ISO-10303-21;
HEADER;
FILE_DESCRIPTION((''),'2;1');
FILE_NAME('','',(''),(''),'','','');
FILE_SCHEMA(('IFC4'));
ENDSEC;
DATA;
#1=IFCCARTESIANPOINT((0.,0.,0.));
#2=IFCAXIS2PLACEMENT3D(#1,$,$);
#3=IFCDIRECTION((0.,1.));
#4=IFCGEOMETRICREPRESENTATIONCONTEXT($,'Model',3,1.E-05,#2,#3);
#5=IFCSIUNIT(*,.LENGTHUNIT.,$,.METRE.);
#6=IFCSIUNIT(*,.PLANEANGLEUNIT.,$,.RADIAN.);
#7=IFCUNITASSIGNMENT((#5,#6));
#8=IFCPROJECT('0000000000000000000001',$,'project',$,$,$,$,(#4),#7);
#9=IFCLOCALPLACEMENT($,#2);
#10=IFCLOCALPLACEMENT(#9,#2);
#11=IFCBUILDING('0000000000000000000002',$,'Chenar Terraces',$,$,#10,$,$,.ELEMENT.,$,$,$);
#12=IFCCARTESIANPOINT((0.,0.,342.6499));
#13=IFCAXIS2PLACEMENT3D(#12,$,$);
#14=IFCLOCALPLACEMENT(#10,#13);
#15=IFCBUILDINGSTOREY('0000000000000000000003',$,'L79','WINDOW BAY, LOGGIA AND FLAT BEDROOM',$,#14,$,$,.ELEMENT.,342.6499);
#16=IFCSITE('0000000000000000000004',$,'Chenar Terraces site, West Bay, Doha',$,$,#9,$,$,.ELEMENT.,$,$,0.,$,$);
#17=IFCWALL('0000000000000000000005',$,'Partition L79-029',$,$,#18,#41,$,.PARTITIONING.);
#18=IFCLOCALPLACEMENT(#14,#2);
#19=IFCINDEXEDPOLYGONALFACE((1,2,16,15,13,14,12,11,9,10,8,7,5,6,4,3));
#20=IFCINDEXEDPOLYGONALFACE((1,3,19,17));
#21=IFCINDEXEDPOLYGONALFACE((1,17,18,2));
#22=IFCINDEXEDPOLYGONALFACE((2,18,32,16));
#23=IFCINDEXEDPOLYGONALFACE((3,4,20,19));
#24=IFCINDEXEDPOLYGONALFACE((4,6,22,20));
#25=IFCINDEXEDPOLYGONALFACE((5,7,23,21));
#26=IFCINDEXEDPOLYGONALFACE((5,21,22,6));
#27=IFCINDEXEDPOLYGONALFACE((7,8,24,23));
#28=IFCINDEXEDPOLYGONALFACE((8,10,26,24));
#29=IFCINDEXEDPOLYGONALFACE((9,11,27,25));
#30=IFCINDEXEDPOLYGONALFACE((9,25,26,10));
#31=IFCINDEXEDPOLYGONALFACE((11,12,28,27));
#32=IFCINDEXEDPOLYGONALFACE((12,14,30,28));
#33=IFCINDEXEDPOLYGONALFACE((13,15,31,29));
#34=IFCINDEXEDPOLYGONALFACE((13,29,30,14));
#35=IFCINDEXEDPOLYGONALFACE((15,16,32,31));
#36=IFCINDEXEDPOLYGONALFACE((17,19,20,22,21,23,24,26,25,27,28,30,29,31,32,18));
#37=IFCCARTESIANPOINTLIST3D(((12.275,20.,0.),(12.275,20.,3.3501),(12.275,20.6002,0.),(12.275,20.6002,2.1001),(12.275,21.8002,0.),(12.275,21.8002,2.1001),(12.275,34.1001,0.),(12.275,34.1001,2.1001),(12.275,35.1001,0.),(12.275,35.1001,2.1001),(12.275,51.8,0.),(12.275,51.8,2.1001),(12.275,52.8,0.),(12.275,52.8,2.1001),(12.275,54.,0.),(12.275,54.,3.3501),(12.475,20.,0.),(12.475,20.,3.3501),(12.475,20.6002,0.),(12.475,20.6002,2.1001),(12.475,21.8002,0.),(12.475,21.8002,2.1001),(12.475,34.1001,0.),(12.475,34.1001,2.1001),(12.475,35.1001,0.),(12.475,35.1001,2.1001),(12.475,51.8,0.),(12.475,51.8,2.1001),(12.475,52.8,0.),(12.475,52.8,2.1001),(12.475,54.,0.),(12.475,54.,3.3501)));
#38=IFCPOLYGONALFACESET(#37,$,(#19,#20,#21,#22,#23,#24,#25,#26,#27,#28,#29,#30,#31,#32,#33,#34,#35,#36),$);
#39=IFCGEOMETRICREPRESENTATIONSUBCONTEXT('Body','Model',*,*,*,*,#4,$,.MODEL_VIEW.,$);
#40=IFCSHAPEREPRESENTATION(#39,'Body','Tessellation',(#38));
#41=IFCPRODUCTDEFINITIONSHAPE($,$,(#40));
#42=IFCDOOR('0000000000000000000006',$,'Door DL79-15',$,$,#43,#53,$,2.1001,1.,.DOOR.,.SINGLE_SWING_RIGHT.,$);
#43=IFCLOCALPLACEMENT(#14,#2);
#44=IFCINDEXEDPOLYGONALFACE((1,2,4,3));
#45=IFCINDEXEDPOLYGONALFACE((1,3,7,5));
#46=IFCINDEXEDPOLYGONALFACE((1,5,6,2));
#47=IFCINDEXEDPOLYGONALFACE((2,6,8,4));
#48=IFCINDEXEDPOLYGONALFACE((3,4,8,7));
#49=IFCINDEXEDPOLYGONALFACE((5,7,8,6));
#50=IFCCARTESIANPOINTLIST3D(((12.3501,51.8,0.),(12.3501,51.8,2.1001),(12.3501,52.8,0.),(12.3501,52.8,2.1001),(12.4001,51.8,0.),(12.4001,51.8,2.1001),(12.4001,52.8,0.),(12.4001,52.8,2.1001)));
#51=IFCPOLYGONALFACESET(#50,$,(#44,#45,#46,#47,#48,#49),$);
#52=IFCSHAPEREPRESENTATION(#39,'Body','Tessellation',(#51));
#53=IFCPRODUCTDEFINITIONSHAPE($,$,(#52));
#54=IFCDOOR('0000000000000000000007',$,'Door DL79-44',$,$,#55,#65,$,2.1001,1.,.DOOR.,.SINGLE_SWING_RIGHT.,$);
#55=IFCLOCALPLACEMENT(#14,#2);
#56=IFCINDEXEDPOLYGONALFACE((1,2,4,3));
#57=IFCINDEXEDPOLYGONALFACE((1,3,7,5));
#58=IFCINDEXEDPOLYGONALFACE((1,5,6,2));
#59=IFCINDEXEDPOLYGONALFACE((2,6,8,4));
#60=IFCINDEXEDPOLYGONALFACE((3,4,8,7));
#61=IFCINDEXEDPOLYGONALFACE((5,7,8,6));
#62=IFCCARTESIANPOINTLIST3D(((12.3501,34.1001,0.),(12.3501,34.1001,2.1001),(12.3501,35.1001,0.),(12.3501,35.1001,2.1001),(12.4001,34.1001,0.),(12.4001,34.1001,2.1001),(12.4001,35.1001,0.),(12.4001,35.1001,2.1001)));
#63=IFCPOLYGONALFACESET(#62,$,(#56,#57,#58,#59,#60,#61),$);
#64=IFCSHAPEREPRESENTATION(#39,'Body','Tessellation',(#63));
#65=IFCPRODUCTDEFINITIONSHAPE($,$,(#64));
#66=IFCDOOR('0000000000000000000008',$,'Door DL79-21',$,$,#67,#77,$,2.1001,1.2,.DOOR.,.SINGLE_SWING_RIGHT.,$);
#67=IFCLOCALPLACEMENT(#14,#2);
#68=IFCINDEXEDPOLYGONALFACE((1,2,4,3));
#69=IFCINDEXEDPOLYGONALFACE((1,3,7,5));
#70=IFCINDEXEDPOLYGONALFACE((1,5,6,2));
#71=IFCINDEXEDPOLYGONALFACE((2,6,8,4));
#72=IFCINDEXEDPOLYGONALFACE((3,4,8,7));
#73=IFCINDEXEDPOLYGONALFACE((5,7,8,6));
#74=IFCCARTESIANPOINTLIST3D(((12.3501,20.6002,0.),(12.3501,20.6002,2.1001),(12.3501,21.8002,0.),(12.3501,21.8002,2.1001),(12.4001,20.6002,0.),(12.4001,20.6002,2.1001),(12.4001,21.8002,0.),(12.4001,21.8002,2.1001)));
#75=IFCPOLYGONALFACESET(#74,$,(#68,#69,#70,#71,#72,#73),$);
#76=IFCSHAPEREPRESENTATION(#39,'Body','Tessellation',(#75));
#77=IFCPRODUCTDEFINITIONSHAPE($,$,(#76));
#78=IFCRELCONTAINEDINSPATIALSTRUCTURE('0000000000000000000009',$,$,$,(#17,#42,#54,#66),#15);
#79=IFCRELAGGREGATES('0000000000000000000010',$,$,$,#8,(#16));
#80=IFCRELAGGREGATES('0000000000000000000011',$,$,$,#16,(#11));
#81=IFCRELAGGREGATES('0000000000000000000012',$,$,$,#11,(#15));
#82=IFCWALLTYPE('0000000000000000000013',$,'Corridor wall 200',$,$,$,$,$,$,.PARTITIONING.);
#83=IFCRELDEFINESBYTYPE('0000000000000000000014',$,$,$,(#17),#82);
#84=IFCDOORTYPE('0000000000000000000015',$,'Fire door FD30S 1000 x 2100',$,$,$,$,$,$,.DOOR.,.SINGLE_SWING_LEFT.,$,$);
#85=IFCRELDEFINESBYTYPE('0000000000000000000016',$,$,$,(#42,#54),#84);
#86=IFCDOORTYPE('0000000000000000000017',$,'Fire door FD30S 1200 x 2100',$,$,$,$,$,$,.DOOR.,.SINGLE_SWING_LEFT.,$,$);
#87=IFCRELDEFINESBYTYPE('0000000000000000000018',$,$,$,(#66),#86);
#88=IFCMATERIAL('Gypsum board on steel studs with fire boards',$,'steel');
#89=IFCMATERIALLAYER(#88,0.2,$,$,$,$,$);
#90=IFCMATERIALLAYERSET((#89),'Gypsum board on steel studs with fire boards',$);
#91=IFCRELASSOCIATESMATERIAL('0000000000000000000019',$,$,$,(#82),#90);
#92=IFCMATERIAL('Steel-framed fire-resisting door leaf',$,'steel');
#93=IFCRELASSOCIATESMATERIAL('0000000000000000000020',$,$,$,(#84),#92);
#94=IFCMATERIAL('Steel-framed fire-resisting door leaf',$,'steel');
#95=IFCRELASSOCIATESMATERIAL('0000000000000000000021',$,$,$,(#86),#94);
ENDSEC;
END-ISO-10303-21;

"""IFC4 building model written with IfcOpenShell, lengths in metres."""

from ifc_helpers import new_model, si_unit, direction, frame, frame_2d, origin, place, context, subcontext, project, spatial, rectangle, extrude, material, layer, layer_set, type_object, element, fill, save


model = new_model("IFC4")

# Units and contexts
model_context = context("Model", 3, precision=1e-05, world=origin(), true_north=direction((0.0, 1.0)))
body_context = subcontext(model_context, "Body", "Model", "MODEL_VIEW")
ifc_project = project(units=[si_unit("LENGTHUNIT", "METRE"), si_unit("PLANEANGLEUNIT", "RADIAN")], contexts=[model_context])

# Site, building, storey
site_placement = place(None, origin())
site = spatial("IfcSite", under=ifc_project, at=site_placement, Name="Chenar Terraces site, West Bay, Doha", CompositionType="ELEMENT", RefElevation=0.0)
building_placement = place(site_placement, origin())
building = spatial("IfcBuilding", under=site, at=building_placement, Name="Chenar Terraces", CompositionType="ELEMENT")
storey_placement = place(building_placement, frame((0.0, 0.0, 342.6499)))
storey = spatial("IfcBuildingStorey", under=building, at=storey_placement, Name="L79", Description="WINDOW BAY, LOGGIA AND FLAT BEDROOM", CompositionType="ELEMENT", Elevation=342.6499)

# Wall, openings, doors
ifc_material_1 = material(Name="Gypsum board on steel studs with fire boards", Category="steel")
ifc_layer_1 = layer(ifc_material_1, 0.2)
ifc_layer_set_1 = layer_set([ifc_layer_1], Name="Gypsum board on steel studs with fire boards")
wall_type_1 = type_object("IfcWallType", Name="Corridor wall 200", PredefinedType="PARTITIONING", material=ifc_layer_set_1)
wall_1_placement = place(storey_placement, frame((12.375, 20.0, 0.0), z_axis=(0.0, 0.0, 1.0), x_axis=(0.0, 1.0, 0.0)))
wall_1 = element("IfcWall", 1, at=wall_1_placement, inside=storey, type_object=wall_type_1, Name="Partition L79-029", PredefinedType="PARTITIONING", context=body_context, shape_type="SweptSolid", body=[
    extrude(rectangle(XDim=34.0, YDim=0.2, at=frame_2d((17.0, 0.0))), origin(), (0.0, 0.0, 1.0), 3.3501),
])
opening_1_placement = place(wall_1_placement, frame((31.8, 0.0, 0.0)))
opening_1 = element("IfcOpeningElement", 2, at=opening_1_placement, cuts=wall_1, PredefinedType="OPENING", context=body_context, shape_type="SweptSolid", body=[
    extrude(rectangle(XDim=1.0, YDim=2.1001, at=frame_2d((0.5, 1.05))), frame((0.0, 0.1099, 0.0), z_axis=(0.0, -1.0, 0.0), x_axis=(1.0, 0.0, 0.0)), (0.0, 0.0, 1.0), 0.22),
])
opening_2_placement = place(wall_1_placement, frame((0.6001, 0.0, 0.0)))
opening_2 = element("IfcOpeningElement", 3, at=opening_2_placement, cuts=wall_1, PredefinedType="OPENING", context=body_context, shape_type="SweptSolid", body=[
    extrude(rectangle(XDim=1.2, YDim=2.1001, at=frame_2d((0.6001, 1.05))), frame((0.0, 0.1099, 0.0), z_axis=(0.0, -1.0, 0.0), x_axis=(1.0, 0.0, 0.0)), (0.0, 0.0, 1.0), 0.22),
])
opening_3_placement = place(wall_1_placement, frame((14.1001, 0.0, 0.0)))
opening_3 = element("IfcOpeningElement", 4, at=opening_3_placement, cuts=wall_1, PredefinedType="OPENING", context=body_context, shape_type="SweptSolid", body=[
    extrude(rectangle(XDim=1.0, YDim=2.1001, at=frame_2d((0.5, 1.05))), frame((0.0, 0.1099, 0.0), z_axis=(0.0, -1.0, 0.0), x_axis=(1.0, 0.0, 0.0)), (0.0, 0.0, 1.0), 0.22),
])
ifc_material_2 = material(Name="Steel-framed fire-resisting door leaf", Category="steel")
door_type_1 = type_object("IfcDoorType", Name="Fire door FD30S 1000 x 2100", OperationType="SINGLE_SWING_LEFT", PredefinedType="DOOR", material=ifc_material_2)
door_1_placement = place(opening_1_placement, origin())
door_1 = element("IfcDoor", 5, at=door_1_placement, inside=storey, type_object=door_type_1, Name="Door DL79-15", OperationType="SINGLE_SWING_RIGHT", OverallHeight=2.1001, OverallWidth=1.0, PredefinedType="DOOR", context=body_context, shape_type="SweptSolid", body=[
    extrude(rectangle(XDim=1.0, YDim=2.1001, at=frame_2d((0.5, 1.05))), frame((0.0, 0.0249, 0.0), z_axis=(0.0, -1.0, 0.0), x_axis=(1.0, 0.0, 0.0)), (0.0, 0.0, 1.0), 0.05),
])
fill(opening_1, door_1)
door_2_placement = place(opening_3_placement, origin())
door_2 = element("IfcDoor", 6, at=door_2_placement, inside=storey, type_object=door_type_1, Name="Door DL79-44", OperationType="SINGLE_SWING_RIGHT", OverallHeight=2.1001, OverallWidth=1.0, PredefinedType="DOOR", context=body_context, shape_type="SweptSolid", body=[
    extrude(rectangle(XDim=1.0, YDim=2.1001, at=frame_2d((0.5, 1.05))), frame((0.0, 0.0249, 0.0), z_axis=(0.0, -1.0, 0.0), x_axis=(1.0, 0.0, 0.0)), (0.0, 0.0, 1.0), 0.05),
])
fill(opening_3, door_2)
ifc_material_3 = material(Name="Steel-framed fire-resisting door leaf", Category="steel")
door_type_2 = type_object("IfcDoorType", Name="Fire door FD30S 1200 x 2100", OperationType="SINGLE_SWING_LEFT", PredefinedType="DOOR", material=ifc_material_3)
door_3_placement = place(opening_2_placement, origin())
door_3 = element("IfcDoor", 7, at=door_3_placement, inside=storey, type_object=door_type_2, Name="Door DL79-21", OperationType="SINGLE_SWING_RIGHT", OverallHeight=2.1001, OverallWidth=1.2, PredefinedType="DOOR", context=body_context, shape_type="SweptSolid", body=[
    extrude(rectangle(XDim=1.2, YDim=2.1001, at=frame_2d((0.6001, 1.05))), frame((0.0, 0.0249, 0.0), z_axis=(0.0, -1.0, 0.0), x_axis=(1.0, 0.0, 0.0)), (0.0, 0.0, 1.0), 0.05),
])
fill(opening_2, door_3)

save(model, "model.ifc")
